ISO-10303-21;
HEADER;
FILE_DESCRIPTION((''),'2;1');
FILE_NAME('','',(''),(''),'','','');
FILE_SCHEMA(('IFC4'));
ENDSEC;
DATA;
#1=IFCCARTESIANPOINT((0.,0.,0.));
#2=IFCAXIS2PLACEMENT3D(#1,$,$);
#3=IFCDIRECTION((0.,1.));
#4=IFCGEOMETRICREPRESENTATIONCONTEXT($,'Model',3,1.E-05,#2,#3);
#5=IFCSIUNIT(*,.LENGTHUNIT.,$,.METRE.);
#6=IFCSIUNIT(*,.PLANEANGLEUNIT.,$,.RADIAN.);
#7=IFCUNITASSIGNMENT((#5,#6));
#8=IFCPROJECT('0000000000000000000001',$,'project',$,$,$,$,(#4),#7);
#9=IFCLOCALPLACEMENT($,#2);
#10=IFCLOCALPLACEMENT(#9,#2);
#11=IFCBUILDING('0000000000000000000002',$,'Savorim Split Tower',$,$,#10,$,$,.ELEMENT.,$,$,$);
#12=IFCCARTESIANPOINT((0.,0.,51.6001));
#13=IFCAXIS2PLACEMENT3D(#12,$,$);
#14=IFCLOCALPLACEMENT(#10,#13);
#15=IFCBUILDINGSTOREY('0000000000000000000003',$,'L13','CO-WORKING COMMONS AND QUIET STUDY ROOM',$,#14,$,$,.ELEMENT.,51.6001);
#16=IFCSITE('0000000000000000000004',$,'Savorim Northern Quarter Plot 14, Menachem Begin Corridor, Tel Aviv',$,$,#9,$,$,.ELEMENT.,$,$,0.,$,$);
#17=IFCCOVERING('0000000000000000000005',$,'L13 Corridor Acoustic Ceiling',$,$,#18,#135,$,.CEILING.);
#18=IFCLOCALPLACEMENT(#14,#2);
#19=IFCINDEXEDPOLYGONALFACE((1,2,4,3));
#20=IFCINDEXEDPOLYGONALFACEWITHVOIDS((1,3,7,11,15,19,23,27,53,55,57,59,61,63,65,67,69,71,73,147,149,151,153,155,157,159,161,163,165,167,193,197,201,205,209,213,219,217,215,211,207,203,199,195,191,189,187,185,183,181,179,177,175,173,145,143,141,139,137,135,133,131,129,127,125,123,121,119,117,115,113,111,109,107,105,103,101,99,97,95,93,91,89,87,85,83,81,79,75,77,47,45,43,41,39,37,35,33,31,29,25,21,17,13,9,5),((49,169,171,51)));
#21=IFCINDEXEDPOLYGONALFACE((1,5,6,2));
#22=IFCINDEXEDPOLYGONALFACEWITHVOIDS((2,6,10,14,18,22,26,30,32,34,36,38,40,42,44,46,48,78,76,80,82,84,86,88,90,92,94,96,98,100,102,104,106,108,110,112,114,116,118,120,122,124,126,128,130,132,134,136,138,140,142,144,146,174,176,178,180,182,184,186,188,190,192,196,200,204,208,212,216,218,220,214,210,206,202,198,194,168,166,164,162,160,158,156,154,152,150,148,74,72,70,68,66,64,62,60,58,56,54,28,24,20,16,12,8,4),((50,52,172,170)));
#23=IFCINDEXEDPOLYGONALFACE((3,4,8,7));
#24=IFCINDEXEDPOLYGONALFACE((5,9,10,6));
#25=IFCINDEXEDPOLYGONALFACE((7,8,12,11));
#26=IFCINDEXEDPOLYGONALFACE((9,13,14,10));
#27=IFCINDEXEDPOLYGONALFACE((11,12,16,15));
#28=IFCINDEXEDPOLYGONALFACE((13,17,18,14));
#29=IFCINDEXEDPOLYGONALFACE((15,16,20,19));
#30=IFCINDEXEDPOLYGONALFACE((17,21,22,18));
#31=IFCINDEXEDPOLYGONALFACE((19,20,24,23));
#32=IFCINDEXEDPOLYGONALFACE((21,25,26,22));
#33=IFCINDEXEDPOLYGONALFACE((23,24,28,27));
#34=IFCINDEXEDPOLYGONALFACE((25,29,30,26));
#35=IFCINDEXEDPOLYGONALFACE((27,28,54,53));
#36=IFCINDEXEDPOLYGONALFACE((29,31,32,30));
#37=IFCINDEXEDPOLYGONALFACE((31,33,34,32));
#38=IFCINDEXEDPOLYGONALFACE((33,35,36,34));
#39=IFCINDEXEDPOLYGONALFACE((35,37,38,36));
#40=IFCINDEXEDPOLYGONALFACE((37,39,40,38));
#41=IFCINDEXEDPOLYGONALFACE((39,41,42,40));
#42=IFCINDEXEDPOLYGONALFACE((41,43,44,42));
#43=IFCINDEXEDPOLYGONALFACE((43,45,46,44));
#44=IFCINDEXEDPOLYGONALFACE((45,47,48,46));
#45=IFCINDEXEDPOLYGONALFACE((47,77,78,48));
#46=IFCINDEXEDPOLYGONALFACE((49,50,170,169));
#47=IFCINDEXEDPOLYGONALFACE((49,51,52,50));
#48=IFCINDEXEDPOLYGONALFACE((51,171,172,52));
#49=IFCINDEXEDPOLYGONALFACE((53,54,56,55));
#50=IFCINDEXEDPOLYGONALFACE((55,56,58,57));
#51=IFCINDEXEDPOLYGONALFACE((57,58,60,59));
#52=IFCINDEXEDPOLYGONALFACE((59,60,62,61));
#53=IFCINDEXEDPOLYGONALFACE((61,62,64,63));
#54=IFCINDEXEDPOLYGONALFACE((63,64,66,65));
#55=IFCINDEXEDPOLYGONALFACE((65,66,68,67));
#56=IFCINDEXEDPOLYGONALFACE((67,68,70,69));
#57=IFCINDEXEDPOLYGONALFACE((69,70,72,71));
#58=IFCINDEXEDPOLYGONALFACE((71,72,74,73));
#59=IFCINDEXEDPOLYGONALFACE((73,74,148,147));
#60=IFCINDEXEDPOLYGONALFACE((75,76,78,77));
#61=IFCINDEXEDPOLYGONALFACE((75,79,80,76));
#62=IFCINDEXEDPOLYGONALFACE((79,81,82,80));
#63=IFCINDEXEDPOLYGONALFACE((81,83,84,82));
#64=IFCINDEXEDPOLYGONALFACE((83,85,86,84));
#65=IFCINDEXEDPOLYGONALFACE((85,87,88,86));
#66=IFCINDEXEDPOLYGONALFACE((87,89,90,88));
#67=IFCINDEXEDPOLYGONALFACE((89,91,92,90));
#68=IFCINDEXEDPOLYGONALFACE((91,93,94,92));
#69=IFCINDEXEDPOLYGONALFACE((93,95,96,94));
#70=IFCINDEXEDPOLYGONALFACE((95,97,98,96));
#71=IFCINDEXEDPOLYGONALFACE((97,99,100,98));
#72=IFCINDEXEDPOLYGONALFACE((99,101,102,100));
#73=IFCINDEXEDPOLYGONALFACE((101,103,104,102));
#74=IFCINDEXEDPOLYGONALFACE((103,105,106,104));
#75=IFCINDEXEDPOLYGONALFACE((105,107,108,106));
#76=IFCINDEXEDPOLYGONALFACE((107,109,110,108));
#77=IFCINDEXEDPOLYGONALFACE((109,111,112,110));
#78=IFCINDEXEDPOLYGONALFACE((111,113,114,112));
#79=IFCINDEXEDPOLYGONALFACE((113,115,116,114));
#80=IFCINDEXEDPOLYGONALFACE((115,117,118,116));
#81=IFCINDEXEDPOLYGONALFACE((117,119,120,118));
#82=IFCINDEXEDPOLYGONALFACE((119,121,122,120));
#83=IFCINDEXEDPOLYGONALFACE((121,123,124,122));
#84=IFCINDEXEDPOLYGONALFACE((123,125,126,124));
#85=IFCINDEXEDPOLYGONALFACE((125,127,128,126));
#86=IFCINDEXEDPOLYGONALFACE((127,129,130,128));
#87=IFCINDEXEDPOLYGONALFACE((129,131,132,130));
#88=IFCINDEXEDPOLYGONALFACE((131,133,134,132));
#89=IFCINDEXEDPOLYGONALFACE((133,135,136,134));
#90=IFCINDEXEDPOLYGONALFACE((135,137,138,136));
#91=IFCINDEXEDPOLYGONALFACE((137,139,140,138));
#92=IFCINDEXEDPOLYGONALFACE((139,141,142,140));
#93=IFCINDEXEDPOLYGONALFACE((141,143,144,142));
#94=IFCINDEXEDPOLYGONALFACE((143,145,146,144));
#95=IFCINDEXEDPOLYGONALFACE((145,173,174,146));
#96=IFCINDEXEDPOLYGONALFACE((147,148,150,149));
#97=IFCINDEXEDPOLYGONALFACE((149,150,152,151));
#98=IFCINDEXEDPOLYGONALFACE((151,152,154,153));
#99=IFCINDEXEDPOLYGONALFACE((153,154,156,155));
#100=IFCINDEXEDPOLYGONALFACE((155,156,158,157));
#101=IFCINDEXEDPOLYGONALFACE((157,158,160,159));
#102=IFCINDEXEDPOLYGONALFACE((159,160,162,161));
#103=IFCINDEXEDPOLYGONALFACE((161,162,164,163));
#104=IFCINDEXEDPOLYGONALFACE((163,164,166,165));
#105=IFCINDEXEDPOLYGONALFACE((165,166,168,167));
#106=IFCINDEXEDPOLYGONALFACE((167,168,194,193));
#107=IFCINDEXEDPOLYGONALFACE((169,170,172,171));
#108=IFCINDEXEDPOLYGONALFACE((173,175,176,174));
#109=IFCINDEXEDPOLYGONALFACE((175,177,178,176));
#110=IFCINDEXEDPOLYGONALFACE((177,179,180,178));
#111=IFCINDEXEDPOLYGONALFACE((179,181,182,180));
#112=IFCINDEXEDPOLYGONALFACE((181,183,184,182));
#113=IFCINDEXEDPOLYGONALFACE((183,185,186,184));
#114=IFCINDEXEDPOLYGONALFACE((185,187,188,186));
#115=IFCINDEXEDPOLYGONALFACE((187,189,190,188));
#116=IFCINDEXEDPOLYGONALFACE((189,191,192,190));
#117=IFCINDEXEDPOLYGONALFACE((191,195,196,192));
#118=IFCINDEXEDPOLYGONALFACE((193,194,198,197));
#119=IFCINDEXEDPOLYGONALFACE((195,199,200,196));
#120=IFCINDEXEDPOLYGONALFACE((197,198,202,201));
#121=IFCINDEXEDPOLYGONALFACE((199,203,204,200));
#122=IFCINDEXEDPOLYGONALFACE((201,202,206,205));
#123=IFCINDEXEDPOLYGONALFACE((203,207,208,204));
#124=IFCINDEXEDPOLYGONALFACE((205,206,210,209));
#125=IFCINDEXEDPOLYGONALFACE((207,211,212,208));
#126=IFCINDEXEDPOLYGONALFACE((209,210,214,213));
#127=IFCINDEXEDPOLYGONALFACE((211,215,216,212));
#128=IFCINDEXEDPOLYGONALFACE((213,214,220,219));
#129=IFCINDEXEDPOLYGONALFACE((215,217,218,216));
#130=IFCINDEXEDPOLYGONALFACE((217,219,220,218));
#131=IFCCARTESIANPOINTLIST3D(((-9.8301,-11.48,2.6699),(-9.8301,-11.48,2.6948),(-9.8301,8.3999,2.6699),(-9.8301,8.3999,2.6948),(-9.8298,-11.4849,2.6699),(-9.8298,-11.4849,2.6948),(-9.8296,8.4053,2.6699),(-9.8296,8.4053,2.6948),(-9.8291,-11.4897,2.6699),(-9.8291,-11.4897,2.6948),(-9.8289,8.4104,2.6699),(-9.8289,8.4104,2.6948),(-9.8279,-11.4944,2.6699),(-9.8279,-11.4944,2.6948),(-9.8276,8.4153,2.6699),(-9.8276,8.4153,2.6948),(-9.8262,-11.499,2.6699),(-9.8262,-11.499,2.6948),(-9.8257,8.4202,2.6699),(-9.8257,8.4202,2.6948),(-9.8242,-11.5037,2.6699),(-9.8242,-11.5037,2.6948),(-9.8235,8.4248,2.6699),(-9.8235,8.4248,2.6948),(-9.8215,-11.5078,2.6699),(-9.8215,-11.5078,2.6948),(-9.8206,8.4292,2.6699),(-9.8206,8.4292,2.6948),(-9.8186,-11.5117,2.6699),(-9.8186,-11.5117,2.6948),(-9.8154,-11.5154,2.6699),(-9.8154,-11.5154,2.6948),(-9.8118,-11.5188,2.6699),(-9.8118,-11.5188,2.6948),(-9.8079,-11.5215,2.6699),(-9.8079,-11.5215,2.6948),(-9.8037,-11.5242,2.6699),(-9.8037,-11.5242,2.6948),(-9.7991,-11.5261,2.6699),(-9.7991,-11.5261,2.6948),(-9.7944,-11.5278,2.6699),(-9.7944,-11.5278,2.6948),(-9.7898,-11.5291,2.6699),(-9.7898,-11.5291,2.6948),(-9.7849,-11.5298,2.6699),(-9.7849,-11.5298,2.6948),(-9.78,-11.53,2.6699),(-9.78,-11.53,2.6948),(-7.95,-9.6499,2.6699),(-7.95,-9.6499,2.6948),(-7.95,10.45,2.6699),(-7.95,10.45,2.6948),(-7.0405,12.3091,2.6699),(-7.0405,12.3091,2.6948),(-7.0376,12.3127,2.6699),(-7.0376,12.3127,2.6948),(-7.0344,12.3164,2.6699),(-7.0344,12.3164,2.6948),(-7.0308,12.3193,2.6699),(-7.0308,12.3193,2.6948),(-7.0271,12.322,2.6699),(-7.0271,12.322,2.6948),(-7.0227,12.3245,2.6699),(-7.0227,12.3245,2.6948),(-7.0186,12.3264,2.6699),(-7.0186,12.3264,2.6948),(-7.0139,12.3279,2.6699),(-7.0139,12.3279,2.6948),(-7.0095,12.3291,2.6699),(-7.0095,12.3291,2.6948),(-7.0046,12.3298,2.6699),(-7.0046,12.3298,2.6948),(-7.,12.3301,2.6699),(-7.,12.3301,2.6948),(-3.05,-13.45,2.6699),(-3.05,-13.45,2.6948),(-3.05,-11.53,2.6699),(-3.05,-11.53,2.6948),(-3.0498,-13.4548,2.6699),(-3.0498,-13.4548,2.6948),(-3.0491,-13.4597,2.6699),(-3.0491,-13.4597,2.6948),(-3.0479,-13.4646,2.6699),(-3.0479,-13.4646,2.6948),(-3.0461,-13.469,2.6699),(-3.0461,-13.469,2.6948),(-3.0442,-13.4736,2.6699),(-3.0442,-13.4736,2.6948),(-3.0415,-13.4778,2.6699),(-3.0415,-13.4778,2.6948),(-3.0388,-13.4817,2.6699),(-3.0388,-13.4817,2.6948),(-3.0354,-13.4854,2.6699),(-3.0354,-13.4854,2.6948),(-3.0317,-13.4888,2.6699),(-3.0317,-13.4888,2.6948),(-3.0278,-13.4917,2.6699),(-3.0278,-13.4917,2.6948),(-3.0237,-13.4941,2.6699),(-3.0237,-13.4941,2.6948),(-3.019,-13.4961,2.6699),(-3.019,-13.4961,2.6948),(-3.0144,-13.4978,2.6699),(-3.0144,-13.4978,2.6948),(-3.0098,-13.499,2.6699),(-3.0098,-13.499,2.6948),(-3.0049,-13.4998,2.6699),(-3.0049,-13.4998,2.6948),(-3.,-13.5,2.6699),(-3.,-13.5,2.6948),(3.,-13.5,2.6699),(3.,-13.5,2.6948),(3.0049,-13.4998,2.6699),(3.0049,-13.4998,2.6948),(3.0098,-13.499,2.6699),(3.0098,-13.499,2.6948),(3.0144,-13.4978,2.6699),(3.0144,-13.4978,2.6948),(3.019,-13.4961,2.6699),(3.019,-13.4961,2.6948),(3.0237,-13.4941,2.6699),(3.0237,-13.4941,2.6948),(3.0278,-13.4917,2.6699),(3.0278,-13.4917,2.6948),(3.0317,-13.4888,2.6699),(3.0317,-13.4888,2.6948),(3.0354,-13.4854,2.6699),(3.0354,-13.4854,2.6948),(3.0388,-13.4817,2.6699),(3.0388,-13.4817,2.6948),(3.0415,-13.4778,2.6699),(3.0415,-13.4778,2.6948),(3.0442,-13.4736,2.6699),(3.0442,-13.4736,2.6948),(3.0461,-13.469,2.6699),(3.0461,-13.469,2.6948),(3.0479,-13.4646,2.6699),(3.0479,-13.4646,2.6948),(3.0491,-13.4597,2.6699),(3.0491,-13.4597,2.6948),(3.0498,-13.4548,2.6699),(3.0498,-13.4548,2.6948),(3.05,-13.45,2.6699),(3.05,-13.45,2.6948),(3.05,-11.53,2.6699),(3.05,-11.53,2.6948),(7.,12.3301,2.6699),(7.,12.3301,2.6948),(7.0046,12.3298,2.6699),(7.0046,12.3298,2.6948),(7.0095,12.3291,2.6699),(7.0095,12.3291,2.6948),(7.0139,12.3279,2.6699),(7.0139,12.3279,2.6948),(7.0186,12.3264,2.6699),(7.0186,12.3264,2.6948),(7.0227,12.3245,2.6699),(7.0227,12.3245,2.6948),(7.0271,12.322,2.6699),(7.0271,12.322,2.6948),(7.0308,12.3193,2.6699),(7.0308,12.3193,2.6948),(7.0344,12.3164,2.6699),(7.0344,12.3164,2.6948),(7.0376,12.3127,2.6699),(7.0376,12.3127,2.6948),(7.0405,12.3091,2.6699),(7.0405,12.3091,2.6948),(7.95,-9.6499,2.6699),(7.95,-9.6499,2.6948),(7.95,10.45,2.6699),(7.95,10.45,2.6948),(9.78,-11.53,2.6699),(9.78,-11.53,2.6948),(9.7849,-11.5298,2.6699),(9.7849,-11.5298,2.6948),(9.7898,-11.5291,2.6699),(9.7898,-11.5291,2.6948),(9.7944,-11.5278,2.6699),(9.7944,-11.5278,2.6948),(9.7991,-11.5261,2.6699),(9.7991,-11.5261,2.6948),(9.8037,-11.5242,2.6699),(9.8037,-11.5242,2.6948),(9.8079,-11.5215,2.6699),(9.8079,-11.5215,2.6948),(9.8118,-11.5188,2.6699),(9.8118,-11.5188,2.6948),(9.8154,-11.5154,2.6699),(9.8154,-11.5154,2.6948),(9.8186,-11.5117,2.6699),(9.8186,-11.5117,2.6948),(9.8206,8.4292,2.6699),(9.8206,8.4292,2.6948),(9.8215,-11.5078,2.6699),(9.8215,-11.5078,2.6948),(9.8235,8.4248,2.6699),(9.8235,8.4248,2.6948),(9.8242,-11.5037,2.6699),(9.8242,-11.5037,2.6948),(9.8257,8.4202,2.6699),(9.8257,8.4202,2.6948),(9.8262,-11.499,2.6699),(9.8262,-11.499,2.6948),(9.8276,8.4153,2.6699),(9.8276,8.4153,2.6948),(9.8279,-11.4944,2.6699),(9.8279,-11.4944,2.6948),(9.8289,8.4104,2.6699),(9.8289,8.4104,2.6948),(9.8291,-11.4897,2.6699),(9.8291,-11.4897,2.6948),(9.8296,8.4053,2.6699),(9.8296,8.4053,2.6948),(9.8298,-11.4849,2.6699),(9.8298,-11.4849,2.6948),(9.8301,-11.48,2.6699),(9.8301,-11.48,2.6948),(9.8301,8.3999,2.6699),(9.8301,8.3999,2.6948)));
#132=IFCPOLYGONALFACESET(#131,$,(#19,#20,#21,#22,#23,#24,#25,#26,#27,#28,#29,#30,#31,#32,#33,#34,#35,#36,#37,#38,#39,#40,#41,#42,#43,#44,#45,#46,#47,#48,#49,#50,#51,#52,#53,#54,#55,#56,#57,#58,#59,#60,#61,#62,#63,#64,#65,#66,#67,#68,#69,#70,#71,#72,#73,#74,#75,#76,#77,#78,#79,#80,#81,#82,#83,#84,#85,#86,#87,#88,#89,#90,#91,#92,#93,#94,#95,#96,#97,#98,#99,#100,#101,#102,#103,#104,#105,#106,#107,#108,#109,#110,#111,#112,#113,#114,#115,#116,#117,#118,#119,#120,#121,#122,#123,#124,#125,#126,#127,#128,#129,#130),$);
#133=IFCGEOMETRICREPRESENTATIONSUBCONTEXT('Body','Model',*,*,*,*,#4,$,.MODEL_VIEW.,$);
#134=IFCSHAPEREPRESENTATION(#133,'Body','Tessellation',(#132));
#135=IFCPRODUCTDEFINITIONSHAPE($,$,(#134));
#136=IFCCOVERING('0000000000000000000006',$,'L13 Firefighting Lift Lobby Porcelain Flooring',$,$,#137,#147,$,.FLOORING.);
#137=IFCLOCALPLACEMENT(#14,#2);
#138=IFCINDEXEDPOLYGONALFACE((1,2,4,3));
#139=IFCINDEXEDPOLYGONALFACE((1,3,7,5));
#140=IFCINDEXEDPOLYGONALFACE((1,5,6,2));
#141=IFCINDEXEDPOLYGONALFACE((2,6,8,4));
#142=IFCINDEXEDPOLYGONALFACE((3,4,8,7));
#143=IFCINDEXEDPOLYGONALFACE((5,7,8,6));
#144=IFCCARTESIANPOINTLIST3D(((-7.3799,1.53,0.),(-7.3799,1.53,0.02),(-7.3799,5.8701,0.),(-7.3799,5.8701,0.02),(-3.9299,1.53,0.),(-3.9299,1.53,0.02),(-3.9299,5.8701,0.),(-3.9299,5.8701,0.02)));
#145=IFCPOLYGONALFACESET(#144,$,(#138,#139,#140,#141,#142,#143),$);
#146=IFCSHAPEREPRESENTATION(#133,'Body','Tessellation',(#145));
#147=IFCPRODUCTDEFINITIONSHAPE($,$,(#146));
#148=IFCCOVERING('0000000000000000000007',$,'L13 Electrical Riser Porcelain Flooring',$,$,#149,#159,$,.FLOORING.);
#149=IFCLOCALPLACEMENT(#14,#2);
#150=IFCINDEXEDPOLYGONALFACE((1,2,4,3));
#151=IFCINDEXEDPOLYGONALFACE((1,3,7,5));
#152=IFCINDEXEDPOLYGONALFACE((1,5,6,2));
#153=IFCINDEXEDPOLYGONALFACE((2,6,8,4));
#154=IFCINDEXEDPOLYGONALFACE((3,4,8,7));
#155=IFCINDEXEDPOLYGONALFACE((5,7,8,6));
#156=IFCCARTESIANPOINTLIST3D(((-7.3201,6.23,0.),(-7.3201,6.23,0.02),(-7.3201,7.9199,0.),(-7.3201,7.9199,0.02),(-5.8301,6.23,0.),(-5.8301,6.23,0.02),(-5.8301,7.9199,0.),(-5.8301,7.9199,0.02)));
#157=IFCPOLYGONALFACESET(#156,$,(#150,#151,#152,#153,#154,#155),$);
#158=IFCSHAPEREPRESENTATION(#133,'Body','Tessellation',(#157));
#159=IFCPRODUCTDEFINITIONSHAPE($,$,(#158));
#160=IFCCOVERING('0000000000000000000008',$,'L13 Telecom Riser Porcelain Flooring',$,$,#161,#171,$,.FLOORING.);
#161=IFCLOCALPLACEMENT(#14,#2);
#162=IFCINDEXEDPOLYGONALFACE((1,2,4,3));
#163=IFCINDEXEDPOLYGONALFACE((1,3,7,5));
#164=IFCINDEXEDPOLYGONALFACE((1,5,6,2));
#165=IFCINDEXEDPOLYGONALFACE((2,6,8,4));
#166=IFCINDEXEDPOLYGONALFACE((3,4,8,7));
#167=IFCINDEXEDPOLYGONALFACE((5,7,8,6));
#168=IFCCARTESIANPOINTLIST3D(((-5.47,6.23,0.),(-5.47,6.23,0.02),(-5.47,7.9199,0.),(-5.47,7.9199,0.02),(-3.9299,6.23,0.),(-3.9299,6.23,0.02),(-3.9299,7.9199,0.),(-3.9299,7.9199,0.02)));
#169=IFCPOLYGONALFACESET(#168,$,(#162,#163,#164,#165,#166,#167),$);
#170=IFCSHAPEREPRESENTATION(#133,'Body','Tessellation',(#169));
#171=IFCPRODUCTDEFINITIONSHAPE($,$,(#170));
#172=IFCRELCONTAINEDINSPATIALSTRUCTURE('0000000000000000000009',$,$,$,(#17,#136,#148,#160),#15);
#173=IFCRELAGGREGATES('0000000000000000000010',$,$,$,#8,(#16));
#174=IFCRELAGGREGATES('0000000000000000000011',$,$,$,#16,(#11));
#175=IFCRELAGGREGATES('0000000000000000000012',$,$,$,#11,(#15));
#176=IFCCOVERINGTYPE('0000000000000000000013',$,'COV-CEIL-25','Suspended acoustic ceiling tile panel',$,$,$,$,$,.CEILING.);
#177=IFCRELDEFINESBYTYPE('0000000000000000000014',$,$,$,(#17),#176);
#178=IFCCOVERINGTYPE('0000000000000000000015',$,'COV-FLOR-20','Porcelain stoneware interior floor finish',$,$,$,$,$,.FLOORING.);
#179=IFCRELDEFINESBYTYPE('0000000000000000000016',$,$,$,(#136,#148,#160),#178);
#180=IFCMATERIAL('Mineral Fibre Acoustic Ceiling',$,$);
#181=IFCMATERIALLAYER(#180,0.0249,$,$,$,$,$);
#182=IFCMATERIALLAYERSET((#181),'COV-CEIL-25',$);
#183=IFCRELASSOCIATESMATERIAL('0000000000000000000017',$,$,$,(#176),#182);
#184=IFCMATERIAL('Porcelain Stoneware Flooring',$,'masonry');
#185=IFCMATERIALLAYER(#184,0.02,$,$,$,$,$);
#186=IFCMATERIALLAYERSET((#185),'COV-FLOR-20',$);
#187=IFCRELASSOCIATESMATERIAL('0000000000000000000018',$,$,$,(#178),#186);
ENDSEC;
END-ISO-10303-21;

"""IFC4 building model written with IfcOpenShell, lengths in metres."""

from ifc_helpers import new_model, si_unit, direction, frame, origin, place, context, subcontext, project, spatial, polyline, outline, extrude, material, layer, layer_set, type_object, element, save


model = new_model("IFC4")

# Units and contexts
model_context = context("Model", 3, precision=1e-05, world=origin(), true_north=direction((0.0, 1.0)))
body_context = subcontext(model_context, "Body", "Model", "MODEL_VIEW")
ifc_project = project(units=[si_unit("LENGTHUNIT", "METRE"), si_unit("PLANEANGLEUNIT", "RADIAN")], contexts=[model_context])

# Site, building, storey
site_placement = place(None, origin())
site = spatial("IfcSite", under=ifc_project, at=site_placement, Name="Savorim Northern Quarter Plot 14, Menachem Begin Corridor, Tel Aviv", CompositionType="ELEMENT", RefElevation=0.0)
building_placement = place(site_placement, origin())
building = spatial("IfcBuilding", under=site, at=building_placement, Name="Savorim Split Tower", CompositionType="ELEMENT")
storey_placement = place(building_placement, frame((0.0, 0.0, 51.6001)))
storey = spatial("IfcBuildingStorey", under=building, at=storey_placement, Name="L13", Description="CO-WORKING COMMONS AND QUIET STUDY ROOM", CompositionType="ELEMENT", Elevation=51.6001)

# Coverings
ifc_material_1 = material(Name="Mineral Fibre Acoustic Ceiling")
ifc_layer_1 = layer(ifc_material_1, 0.0249)
ifc_layer_set_1 = layer_set([ifc_layer_1], Name="COV-CEIL-25")
covering_type_1 = type_object("IfcCoveringType", Name="COV-CEIL-25", Description="Suspended acoustic ceiling tile panel", PredefinedType="CEILING", material=ifc_layer_set_1)
covering_1_placement = place(storey_placement, frame((0.0, 0.0, 2.6699)))
element("IfcCovering", 1, at=covering_1_placement, inside=storey, type_object=covering_type_1, Name="L13 Corridor Acoustic Ceiling", PredefinedType="CEILING", context=body_context, shape_type="SweptSolid", body=[
    extrude(outline(polyline([(7.0095, 12.3291), (7.0046, 12.3298), (7.0, 12.3301), (-7.0, 12.3301), (-7.0046, 12.3298), (-7.0095, 12.3291), (-7.0139, 12.3279), (-7.0186, 12.3264), (-7.0227, 12.3245), (-7.0271, 12.322), (-7.0308, 12.3193), (-7.0344, 12.3164), (-7.0376, 12.3127), (-7.0405, 12.3091), (-9.8206, 8.4292), (-9.8235, 8.4248), (-9.8257, 8.4202), (-9.8276, 8.4153), (-9.8289, 8.4104), (-9.8296, 8.4053), (-9.8301, 8.3999), (-9.8301, -11.48), (-9.8298, -11.4849), (-9.8291, -11.4897), (-9.8279, -11.4944), (-9.8262, -11.499), (-9.8242, -11.5037), (-9.8215, -11.5078), (-9.8186, -11.5117), (-9.8154, -11.5154), (-9.8118, -11.5188), (-9.8079, -11.5215), (-9.8037, -11.5242), (-9.7991, -11.5261), (-9.7944, -11.5278), (-9.7898, -11.5291), (-9.7849, -11.5298), (-9.78, -11.53), (-3.05, -11.53), (-3.05, -13.45), (-3.0498, -13.4548), (-3.0491, -13.4597), (-3.0479, -13.4646), (-3.0461, -13.469), (-3.0442, -13.4736), (-3.0415, -13.4778), (-3.0388, -13.4817), (-3.0354, -13.4854), (-3.0317, -13.4888), (-3.0278, -13.4917), (-3.0237, -13.4941), (-3.019, -13.4961), (-3.0144, -13.4978), (-3.0098, -13.499), (-3.0049, -13.4998), (-3.0, -13.5), (3.0, -13.5), (3.0049, -13.4998), (3.0098, -13.499), (3.0144, -13.4978), (3.019, -13.4961), (3.0237, -13.4941), (3.0278, -13.4917), (3.0317, -13.4888), (3.0354, -13.4854), (3.0388, -13.4817), (3.0415, -13.4778), (3.0442, -13.4736), (3.0461, -13.469), (3.0479, -13.4646), (3.0491, -13.4597), (3.0498, -13.4548), (3.05, -13.45), (3.05, -11.53), (9.78, -11.53), (9.7849, -11.5298), (9.7898, -11.5291), (9.7944, -11.5278), (9.7991, -11.5261), (9.8037, -11.5242), (9.8079, -11.5215), (9.8118, -11.5188), (9.8154, -11.5154), (9.8186, -11.5117), (9.8215, -11.5078), (9.8242, -11.5037), (9.8262, -11.499), (9.8279, -11.4944), (9.8291, -11.4897), (9.8298, -11.4849), (9.8301, -11.48), (9.8301, 8.3999), (9.8296, 8.4053), (9.8289, 8.4104), (9.8276, 8.4153), (9.8257, 8.4202), (9.8235, 8.4248), (9.8206, 8.4292), (7.0405, 12.3091), (7.0376, 12.3127), (7.0344, 12.3164), (7.0308, 12.3193), (7.0271, 12.322), (7.0227, 12.3245), (7.0186, 12.3264), (7.0139, 12.3279), (7.0095, 12.3291)]), holes=[polyline([(-7.95, 10.45), (-7.95, -9.6499), (7.95, -9.6499), (7.95, 10.45), (-7.95, 10.45)])]), origin(), (0.0, 0.0, 1.0), 0.0249),
])
ifc_material_2 = material(Name="Porcelain Stoneware Flooring", Category="masonry")
ifc_layer_2 = layer(ifc_material_2, 0.02)
ifc_layer_set_2 = layer_set([ifc_layer_2], Name="COV-FLOR-20")
covering_type_2 = type_object("IfcCoveringType", Name="COV-FLOR-20", Description="Porcelain stoneware interior floor finish", PredefinedType="FLOORING", material=ifc_layer_set_2)
covering_2_placement = place(storey_placement, origin())
element("IfcCovering", 2, at=covering_2_placement, inside=storey, type_object=covering_type_2, Name="L13 Firefighting Lift Lobby Porcelain Flooring", PredefinedType="FLOORING", context=body_context, shape_type="SweptSolid", body=[
    extrude(outline(polyline([(-7.3799, 5.8701), (-7.3799, 1.53), (-3.9299, 1.53), (-3.9299, 5.8701), (-7.3799, 5.8701)])), origin(), (0.0, 0.0, 1.0), 0.02),
])
covering_3_placement = place(storey_placement, origin())
element("IfcCovering", 3, at=covering_3_placement, inside=storey, type_object=covering_type_2, Name="L13 Electrical Riser Porcelain Flooring", PredefinedType="FLOORING", context=body_context, shape_type="SweptSolid", body=[
    extrude(outline(polyline([(-7.3201, 7.9199), (-7.3201, 6.23), (-5.8301, 6.23), (-5.8301, 7.9199), (-7.3201, 7.9199)])), origin(), (0.0, 0.0, 1.0), 0.02),
])
covering_4_placement = place(storey_placement, origin())
element("IfcCovering", 4, at=covering_4_placement, inside=storey, type_object=covering_type_2, Name="L13 Telecom Riser Porcelain Flooring", PredefinedType="FLOORING", context=body_context, shape_type="SweptSolid", body=[
    extrude(outline(polyline([(-5.47, 7.9199), (-5.47, 6.23), (-3.9299, 6.23), (-3.9299, 7.9199), (-5.47, 7.9199)])), origin(), (0.0, 0.0, 1.0), 0.02),
])

save(model, "model.ifc")
